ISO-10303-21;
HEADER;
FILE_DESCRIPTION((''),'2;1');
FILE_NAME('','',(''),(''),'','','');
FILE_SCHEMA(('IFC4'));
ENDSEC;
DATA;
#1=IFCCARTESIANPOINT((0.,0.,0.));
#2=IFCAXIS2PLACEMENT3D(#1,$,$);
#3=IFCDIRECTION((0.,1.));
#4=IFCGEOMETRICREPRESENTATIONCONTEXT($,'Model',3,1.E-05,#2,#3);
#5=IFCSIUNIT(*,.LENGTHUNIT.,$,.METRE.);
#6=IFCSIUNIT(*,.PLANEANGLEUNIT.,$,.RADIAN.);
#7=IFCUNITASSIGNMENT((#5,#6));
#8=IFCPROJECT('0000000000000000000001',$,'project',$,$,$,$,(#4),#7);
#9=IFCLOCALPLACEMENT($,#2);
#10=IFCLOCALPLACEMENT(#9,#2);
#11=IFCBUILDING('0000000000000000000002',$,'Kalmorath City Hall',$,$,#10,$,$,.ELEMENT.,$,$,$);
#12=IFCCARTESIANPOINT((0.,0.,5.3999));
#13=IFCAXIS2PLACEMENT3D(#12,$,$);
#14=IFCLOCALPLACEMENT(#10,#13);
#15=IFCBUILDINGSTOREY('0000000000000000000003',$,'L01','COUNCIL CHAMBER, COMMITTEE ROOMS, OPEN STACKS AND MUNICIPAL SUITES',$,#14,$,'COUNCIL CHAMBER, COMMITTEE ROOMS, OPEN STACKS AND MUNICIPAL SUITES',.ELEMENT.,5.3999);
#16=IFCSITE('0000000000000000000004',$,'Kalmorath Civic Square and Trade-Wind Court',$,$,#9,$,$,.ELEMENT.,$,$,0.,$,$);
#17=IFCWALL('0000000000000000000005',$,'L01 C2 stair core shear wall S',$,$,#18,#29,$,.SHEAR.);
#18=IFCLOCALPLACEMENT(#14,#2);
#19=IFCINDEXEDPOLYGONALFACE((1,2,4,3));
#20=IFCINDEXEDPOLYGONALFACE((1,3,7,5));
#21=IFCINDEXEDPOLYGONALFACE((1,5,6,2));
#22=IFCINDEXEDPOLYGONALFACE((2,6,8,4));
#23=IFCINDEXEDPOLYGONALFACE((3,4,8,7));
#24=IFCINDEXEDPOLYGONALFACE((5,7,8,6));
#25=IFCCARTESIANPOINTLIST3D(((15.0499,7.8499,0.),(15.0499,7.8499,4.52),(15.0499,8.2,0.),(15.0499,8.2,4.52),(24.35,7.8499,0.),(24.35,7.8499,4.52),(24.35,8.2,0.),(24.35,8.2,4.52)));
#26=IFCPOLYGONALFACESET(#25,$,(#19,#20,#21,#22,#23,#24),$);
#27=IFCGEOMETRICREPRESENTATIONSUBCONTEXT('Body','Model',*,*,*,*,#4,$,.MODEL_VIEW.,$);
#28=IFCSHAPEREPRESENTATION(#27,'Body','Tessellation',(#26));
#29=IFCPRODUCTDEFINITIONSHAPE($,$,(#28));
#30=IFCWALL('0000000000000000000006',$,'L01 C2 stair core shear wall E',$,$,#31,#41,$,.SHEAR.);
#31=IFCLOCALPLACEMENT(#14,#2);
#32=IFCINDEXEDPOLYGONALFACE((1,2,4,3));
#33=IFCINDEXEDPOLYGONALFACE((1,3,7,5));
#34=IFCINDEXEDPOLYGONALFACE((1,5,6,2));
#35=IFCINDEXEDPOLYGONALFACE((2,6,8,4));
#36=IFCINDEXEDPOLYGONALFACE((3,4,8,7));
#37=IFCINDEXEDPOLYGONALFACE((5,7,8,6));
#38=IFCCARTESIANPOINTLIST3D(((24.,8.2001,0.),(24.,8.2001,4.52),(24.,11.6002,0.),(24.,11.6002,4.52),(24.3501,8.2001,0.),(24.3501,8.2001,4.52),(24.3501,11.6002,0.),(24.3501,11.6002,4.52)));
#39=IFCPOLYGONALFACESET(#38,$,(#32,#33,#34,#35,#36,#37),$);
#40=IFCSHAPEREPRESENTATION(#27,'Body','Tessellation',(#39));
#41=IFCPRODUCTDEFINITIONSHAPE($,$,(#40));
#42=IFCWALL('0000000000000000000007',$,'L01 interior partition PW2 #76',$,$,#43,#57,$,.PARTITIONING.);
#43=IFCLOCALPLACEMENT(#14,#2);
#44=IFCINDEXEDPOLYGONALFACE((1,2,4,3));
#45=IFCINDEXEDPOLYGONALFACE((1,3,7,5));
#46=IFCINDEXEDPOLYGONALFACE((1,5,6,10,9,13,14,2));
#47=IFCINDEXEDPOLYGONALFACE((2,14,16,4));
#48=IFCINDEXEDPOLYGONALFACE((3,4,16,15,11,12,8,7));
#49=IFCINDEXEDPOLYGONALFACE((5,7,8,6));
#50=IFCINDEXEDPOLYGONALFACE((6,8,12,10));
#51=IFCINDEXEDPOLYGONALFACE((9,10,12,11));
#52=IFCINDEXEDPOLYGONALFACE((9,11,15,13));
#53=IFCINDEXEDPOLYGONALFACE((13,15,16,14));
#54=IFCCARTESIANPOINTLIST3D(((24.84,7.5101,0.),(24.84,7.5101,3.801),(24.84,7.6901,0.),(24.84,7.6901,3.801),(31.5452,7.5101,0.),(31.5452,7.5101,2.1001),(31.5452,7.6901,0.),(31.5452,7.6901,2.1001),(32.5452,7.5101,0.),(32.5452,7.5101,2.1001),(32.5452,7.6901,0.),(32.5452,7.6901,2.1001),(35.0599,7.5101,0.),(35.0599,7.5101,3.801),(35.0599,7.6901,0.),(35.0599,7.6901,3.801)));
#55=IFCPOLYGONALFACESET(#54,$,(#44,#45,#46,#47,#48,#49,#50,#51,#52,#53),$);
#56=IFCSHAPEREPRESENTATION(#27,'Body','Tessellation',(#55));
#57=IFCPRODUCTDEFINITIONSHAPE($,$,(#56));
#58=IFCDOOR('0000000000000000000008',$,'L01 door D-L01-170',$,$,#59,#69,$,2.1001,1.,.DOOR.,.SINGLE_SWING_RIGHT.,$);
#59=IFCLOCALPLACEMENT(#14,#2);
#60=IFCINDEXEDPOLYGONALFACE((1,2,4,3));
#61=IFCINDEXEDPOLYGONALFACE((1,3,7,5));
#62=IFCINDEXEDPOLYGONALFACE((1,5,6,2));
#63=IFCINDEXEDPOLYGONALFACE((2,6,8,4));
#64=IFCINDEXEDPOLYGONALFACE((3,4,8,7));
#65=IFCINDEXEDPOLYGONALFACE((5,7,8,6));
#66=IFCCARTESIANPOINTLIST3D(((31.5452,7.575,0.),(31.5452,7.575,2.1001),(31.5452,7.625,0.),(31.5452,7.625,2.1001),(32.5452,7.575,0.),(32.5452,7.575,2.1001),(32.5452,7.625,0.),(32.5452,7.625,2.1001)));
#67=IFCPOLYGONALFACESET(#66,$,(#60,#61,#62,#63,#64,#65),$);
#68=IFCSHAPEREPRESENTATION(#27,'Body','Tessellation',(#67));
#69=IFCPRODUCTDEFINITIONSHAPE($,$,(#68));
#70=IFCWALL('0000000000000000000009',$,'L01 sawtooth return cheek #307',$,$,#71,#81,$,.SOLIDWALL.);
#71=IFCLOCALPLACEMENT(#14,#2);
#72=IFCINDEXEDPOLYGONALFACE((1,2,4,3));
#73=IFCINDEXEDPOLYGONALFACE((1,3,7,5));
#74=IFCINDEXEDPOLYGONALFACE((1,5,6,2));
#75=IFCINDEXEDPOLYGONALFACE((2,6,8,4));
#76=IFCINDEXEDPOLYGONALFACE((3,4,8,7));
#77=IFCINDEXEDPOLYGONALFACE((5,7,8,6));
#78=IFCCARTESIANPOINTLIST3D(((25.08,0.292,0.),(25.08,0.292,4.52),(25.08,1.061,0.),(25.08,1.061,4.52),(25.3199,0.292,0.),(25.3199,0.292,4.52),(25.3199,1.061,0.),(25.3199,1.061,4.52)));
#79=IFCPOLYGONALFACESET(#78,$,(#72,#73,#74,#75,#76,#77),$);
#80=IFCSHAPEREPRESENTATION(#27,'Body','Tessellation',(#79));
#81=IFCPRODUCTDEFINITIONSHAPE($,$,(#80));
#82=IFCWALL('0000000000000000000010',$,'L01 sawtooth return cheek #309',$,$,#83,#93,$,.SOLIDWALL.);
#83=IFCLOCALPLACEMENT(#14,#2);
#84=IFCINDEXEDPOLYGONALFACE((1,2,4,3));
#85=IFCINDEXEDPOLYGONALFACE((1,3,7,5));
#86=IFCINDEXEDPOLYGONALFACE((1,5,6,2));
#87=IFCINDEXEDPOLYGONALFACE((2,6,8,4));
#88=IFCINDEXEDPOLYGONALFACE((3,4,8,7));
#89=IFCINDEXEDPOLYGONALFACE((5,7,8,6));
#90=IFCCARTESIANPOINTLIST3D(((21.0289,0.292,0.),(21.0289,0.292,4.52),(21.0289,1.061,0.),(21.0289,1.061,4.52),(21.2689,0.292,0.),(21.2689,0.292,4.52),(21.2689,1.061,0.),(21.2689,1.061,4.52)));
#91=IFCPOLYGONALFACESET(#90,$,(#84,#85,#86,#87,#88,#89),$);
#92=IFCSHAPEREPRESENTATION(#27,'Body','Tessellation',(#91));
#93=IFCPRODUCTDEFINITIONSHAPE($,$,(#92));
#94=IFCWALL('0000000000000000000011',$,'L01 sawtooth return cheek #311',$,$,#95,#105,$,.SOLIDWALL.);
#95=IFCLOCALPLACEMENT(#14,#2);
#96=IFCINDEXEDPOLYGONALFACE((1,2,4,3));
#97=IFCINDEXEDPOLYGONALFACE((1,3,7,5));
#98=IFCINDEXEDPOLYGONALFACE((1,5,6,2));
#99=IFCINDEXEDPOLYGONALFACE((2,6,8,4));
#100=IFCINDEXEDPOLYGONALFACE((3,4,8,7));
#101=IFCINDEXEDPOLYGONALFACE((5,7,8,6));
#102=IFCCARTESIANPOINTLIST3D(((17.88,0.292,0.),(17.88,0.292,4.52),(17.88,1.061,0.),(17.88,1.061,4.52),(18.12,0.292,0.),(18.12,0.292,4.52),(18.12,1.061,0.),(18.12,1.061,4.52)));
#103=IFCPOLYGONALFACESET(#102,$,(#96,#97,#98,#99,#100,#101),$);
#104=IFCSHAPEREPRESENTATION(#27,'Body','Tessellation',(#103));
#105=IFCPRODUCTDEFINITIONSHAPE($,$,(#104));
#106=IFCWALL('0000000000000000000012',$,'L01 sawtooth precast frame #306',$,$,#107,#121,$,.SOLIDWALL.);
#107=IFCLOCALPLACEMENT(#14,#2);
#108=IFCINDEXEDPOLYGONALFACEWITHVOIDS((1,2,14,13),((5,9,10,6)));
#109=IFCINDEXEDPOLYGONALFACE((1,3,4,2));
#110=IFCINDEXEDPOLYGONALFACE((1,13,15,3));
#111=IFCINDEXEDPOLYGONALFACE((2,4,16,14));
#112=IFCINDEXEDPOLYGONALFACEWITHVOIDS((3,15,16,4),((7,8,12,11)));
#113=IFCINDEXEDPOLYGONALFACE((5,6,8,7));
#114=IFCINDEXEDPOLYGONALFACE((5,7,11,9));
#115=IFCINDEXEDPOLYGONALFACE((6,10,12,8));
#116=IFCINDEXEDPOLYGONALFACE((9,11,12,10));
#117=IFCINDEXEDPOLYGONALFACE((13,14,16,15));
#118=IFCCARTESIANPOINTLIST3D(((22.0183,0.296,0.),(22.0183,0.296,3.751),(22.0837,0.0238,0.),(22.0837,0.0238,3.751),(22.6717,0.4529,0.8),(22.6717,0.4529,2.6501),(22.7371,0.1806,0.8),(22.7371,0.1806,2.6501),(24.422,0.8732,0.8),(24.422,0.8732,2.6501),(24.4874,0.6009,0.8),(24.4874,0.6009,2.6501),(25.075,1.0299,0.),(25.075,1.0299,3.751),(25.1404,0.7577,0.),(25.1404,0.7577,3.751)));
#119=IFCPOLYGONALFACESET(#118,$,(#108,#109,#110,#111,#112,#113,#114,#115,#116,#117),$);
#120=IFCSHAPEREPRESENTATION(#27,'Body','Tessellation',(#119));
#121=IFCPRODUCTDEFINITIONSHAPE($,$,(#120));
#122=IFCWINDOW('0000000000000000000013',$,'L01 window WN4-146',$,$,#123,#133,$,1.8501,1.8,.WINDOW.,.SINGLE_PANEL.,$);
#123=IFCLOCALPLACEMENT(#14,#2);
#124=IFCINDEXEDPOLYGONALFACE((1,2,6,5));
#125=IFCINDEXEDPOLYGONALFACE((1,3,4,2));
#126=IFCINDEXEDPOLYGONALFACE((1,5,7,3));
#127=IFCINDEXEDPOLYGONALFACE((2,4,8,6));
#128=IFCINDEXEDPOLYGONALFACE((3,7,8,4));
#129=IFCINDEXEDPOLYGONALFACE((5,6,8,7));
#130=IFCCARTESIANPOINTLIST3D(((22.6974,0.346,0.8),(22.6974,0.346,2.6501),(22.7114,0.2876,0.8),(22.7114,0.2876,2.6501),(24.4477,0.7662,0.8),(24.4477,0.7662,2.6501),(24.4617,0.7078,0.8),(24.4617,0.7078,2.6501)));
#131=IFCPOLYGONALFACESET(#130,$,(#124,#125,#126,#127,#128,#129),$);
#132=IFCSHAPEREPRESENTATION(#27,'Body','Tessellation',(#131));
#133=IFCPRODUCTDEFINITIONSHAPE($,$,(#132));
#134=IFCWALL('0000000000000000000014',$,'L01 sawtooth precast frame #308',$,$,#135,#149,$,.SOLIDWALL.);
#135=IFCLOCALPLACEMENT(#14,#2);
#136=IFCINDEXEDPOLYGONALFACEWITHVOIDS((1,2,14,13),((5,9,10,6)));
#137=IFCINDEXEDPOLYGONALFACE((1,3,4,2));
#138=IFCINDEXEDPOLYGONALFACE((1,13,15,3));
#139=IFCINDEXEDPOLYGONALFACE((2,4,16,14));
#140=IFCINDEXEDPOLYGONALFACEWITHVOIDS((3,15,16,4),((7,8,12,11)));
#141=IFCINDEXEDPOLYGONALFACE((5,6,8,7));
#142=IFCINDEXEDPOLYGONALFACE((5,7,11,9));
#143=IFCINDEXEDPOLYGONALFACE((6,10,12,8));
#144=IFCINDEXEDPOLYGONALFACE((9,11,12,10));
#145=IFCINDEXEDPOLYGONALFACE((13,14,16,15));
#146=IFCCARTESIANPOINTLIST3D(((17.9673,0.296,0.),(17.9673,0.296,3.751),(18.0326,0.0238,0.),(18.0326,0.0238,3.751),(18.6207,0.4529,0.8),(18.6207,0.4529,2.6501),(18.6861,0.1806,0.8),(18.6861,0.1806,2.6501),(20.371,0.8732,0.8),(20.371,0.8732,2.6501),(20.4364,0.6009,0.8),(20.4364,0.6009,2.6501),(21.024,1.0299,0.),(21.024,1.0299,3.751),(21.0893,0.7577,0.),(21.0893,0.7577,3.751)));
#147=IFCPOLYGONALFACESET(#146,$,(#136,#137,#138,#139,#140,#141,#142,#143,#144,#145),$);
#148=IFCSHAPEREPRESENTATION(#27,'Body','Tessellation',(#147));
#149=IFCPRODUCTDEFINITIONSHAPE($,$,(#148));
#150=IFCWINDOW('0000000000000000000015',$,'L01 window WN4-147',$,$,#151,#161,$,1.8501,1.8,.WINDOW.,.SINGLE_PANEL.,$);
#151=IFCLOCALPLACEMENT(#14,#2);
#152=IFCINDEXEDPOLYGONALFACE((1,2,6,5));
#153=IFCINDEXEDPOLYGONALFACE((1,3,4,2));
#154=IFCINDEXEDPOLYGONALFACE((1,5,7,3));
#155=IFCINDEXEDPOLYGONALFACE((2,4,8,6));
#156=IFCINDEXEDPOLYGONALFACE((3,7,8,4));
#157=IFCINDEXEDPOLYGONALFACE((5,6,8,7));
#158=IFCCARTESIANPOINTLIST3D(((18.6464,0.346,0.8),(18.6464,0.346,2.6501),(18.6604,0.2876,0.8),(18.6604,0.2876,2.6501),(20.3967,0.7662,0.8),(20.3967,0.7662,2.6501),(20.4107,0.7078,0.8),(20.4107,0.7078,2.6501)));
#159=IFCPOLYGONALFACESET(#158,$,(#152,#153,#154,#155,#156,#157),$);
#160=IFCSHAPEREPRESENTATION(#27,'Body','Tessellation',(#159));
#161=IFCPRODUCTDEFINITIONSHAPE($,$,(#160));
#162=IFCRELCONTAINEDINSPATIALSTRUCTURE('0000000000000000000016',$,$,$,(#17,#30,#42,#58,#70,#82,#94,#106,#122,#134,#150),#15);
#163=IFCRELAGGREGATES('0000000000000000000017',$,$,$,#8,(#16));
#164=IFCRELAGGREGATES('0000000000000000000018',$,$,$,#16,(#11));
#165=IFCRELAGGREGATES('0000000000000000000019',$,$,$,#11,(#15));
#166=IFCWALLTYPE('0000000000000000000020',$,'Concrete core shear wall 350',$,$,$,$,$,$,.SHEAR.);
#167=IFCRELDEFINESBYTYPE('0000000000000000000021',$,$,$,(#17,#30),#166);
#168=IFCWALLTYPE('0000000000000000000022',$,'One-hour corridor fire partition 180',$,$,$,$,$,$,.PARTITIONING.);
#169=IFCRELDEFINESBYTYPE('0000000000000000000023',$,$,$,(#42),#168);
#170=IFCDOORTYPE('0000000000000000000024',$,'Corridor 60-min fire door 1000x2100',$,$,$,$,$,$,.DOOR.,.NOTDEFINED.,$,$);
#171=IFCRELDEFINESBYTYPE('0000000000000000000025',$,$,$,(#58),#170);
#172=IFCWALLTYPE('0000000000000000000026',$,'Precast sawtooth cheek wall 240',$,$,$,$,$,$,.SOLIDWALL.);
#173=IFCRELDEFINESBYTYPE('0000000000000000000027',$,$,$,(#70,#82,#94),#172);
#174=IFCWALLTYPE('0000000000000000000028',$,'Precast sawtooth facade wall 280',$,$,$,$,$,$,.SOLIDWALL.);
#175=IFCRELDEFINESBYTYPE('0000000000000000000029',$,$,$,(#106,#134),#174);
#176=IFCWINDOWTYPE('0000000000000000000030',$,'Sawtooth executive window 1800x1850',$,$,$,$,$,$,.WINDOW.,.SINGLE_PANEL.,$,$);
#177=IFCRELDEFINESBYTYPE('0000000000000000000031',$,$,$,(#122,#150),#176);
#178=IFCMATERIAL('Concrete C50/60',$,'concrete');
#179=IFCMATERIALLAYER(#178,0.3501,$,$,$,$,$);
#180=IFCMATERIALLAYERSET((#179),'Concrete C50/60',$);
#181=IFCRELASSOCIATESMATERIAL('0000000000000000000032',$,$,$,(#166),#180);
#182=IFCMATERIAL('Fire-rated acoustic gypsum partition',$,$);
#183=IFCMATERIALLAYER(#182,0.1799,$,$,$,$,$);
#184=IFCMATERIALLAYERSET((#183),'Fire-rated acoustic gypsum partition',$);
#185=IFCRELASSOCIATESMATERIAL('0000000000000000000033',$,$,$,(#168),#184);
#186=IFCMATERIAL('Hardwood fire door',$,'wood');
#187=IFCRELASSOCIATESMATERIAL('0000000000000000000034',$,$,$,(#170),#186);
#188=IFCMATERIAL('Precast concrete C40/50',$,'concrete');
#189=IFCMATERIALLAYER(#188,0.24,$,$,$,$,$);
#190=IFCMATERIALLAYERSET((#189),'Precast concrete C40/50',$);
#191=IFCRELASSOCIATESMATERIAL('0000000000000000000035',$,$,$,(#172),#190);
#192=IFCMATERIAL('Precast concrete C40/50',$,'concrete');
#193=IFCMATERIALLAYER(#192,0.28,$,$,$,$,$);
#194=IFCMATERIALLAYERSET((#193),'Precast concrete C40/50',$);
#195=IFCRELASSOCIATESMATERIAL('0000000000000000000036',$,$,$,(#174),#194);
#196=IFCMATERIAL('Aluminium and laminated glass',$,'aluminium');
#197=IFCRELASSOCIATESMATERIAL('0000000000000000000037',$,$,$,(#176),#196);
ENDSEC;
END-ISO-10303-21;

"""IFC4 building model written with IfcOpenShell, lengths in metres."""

from ifc_helpers import new_model, si_unit, direction, frame, frame_2d, origin, place, context, subcontext, project, spatial, rectangle, extrude, material, layer, layer_set, type_object, element, fill, save


model = new_model("IFC4")

# Units and contexts
model_context = context("Model", 3, precision=1e-05, world=origin(), true_north=direction((0.0, 1.0)))
body_context = subcontext(model_context, "Body", "Model", "MODEL_VIEW")
ifc_project = project(units=[si_unit("LENGTHUNIT", "METRE"), si_unit("PLANEANGLEUNIT", "RADIAN")], contexts=[model_context])

# Site, building, storey
site_placement = place(None, origin())
site = spatial("IfcSite", under=ifc_project, at=site_placement, Name="Kalmorath Civic Square and Trade-Wind Court", CompositionType="ELEMENT", RefElevation=0.0)
building_placement = place(site_placement, origin())
building = spatial("IfcBuilding", under=site, at=building_placement, Name="Kalmorath City Hall", CompositionType="ELEMENT")
storey_placement = place(building_placement, frame((0.0, 0.0, 5.3999)))
storey = spatial("IfcBuildingStorey", under=building, at=storey_placement, Name="L01", Description="COUNCIL CHAMBER, COMMITTEE ROOMS, OPEN STACKS AND MUNICIPAL SUITES", LongName="COUNCIL CHAMBER, COMMITTEE ROOMS, OPEN STACKS AND MUNICIPAL SUITES", CompositionType="ELEMENT", Elevation=5.3999)

# Walls
ifc_material_1 = material(Name="Concrete C50/60", Category="concrete")
ifc_layer_1 = layer(ifc_material_1, 0.3501)
ifc_layer_set_1 = layer_set([ifc_layer_1], Name="Concrete C50/60")
wall_type_1 = type_object("IfcWallType", Name="Concrete core shear wall 350", PredefinedType="SHEAR", material=ifc_layer_set_1)
wall_1_placement = place(storey_placement, frame((15.05, 8.0249, 0.0), z_axis=(0.0, 0.0, 1.0), x_axis=(1.0, 0.0, 0.0)))
element("IfcWall", 1, at=wall_1_placement, inside=storey, type_object=wall_type_1, Name="L01 C2 stair core shear wall S", PredefinedType="SHEAR", context=body_context, shape_type="SweptSolid", body=[
    extrude(rectangle(XDim=9.3, YDim=0.3501, at=frame_2d((4.6499, 0.0))), origin(), (0.0, 0.0, 1.0), 4.52),
])
wall_2_placement = place(storey_placement, frame((24.175, 8.2, 0.0), z_axis=(0.0, 0.0, 1.0), x_axis=(0.0, 1.0, 0.0)))
element("IfcWall", 2, at=wall_2_placement, inside=storey, type_object=wall_type_1, Name="L01 C2 stair core shear wall E", PredefinedType="SHEAR", context=body_context, shape_type="SweptSolid", body=[
    extrude(rectangle(XDim=3.4001, YDim=0.3501, at=frame_2d((1.7002, 0.0))), origin(), (0.0, 0.0, 1.0), 4.52),
])

# Wall, opening, door
ifc_material_2 = material(Name="Fire-rated acoustic gypsum partition")
ifc_layer_2 = layer(ifc_material_2, 0.1799)
ifc_layer_set_2 = layer_set([ifc_layer_2], Name="Fire-rated acoustic gypsum partition")
wall_type_2 = type_object("IfcWallType", Name="One-hour corridor fire partition 180", PredefinedType="PARTITIONING", material=ifc_layer_set_2)
wall_3_placement = place(storey_placement, frame((24.8401, 7.6001, 0.0), z_axis=(0.0, 0.0, 1.0), x_axis=(1.0, 0.0, 0.0)))
wall_3 = element("IfcWall", 3, at=wall_3_placement, inside=storey, type_object=wall_type_2, Name="L01 interior partition PW2 #76", PredefinedType="PARTITIONING", context=body_context, shape_type="SweptSolid", body=[
    extrude(rectangle(XDim=10.22, YDim=0.1799, at=frame_2d((5.1099, 0.0))), origin(), (0.0, 0.0, 1.0), 3.801),
])
opening_1_placement = place(wall_3_placement, frame((6.7051, 0.0, 0.0)))
opening_1 = element("IfcOpeningElement", 4, at=opening_1_placement, cuts=wall_3, PredefinedType="OPENING", context=body_context, shape_type="SweptSolid", body=[
    extrude(rectangle(XDim=1.0, YDim=2.1001, at=frame_2d((0.5, 1.05))), frame((0.0, 0.0999, 0.0), z_axis=(0.0, -1.0, 0.0), x_axis=(1.0, 0.0, 0.0)), (0.0, 0.0, 1.0), 0.2),
])
ifc_material_3 = material(Name="Hardwood fire door", Category="wood")
door_type = type_object("IfcDoorType", Name="Corridor 60-min fire door 1000x2100", OperationType="NOTDEFINED", PredefinedType="DOOR", material=ifc_material_3)
door_placement = place(opening_1_placement, origin())
door = element("IfcDoor", 5, at=door_placement, inside=storey, type_object=door_type, Name="L01 door D-L01-170", OperationType="SINGLE_SWING_RIGHT", OverallHeight=2.1001, OverallWidth=1.0, PredefinedType="DOOR", context=body_context, shape_type="SweptSolid", body=[
    extrude(rectangle(XDim=1.0, YDim=2.1001, at=frame_2d((0.5, 1.05))), frame((0.0, 0.0249, 0.0), z_axis=(0.0, -1.0, 0.0), x_axis=(1.0, 0.0, 0.0)), (0.0, 0.0, 1.0), 0.05),
])
fill(opening_1, door)

# Walls
ifc_material_4 = material(Name="Precast concrete C40/50", Category="concrete")
ifc_layer_3 = layer(ifc_material_4, 0.24)
ifc_layer_set_3 = layer_set([ifc_layer_3], Name="Precast concrete C40/50")
wall_type_3 = type_object("IfcWallType", Name="Precast sawtooth cheek wall 240", PredefinedType="SOLIDWALL", material=ifc_layer_set_3)
for number, where, z_axis, x_axis, name in (
    (6, (25.2, 1.061, 0.0), (0.0, 0.0, 1.0), (0.0, -1.0, 0.0), "L01 sawtooth return cheek #307"),
    (7, (21.1489, 1.061, 0.0), (0.0, 0.0, 1.0), (0.0, -1.0, 0.0), "L01 sawtooth return cheek #309"),
    (8, (18.0, 1.061, 0.0), (0.0, 0.0, 1.0), (0.0, -1.0, 0.0), "L01 sawtooth return cheek #311"),
):
    element("IfcWall", number, at=place(storey_placement, frame(where, z_axis=z_axis, x_axis=x_axis)), inside=storey, type_object=wall_type_3, Name=name, PredefinedType="SOLIDWALL", context=body_context, shape_type="SweptSolid", body=[
        extrude(rectangle(XDim=0.769, YDim=0.24, at=frame_2d((0.3845, 0.0))), origin(), (0.0, 0.0, 1.0), 4.52),
    ])

# Walls, openings, windows
ifc_material_5 = material(Name="Precast concrete C40/50", Category="concrete")
ifc_layer_4 = layer(ifc_material_5, 0.28)
ifc_layer_set_4 = layer_set([ifc_layer_4], Name="Precast concrete C40/50")
wall_type_4 = type_object("IfcWallType", Name="Precast sawtooth facade wall 280", PredefinedType="SOLIDWALL", material=ifc_layer_set_4)
wall_4_placement = place(storey_placement, frame((25.1077, 0.8938, 0.0), z_axis=(0.0, 0.0, 1.0), x_axis=(-0.972366, -0.233461, 0.0)))
wall_4 = element("IfcWall", 9, at=wall_4_placement, inside=storey, type_object=wall_type_4, Name="L01 sawtooth precast frame #306", PredefinedType="SOLIDWALL", context=body_context, shape_type="SweptSolid", body=[
    extrude(rectangle(XDim=3.1436, YDim=0.28, at=frame_2d((1.5718, 0.0))), origin(), (0.0, 0.0, 1.0), 3.751),
])
opening_2_placement = place(wall_4_placement, frame((0.6716, 0.0, 0.8)))
opening_2 = element("IfcOpeningElement", 10, at=opening_2_placement, cuts=wall_4, PredefinedType="OPENING", context=body_context, shape_type="SweptSolid", body=[
    extrude(rectangle(XDim=1.8, YDim=1.8501, at=frame_2d((0.8999, 0.925))), frame((0.0, 0.1499, 0.0), z_axis=(0.0, -1.0, 0.0), x_axis=(1.0, 0.0, 0.0)), (0.0, 0.0, 1.0), 0.3),
])
ifc_material_6 = material(Name="Aluminium and laminated glass", Category="aluminium")
window_type = type_object("IfcWindowType", Name="Sawtooth executive window 1800x1850", PartitioningType="SINGLE_PANEL", PredefinedType="WINDOW", material=ifc_material_6)
window_1_placement = place(opening_2_placement, origin())
window_1 = element("IfcWindow", 11, at=window_1_placement, inside=storey, type_object=window_type, Name="L01 window WN4-146", OverallHeight=1.8501, OverallWidth=1.8, PartitioningType="SINGLE_PANEL", PredefinedType="WINDOW", context=body_context, shape_type="SweptSolid", body=[
    extrude(rectangle(XDim=1.8, YDim=1.8501, at=frame_2d((0.8999, 0.925))), frame((0.0, 0.03, 0.0), z_axis=(0.0, -1.0, 0.0), x_axis=(1.0, 0.0, 0.0)), (0.0, 0.0, 1.0), 0.0601),
])
fill(opening_2, window_1)
wall_5_placement = place(storey_placement, frame((21.0566, 0.8938, 0.0), z_axis=(0.0, 0.0, 1.0), x_axis=(-0.972366, -0.233461, 0.0)))
wall_5 = element("IfcWall", 12, at=wall_5_placement, inside=storey, type_object=wall_type_4, Name="L01 sawtooth precast frame #308", PredefinedType="SOLIDWALL", context=body_context, shape_type="SweptSolid", body=[
    extrude(rectangle(XDim=3.1436, YDim=0.28, at=frame_2d((1.5718, 0.0))), origin(), (0.0, 0.0, 1.0), 3.751),
])
opening_3_placement = place(wall_5_placement, frame((0.6716, 0.0, 0.8)))
opening_3 = element("IfcOpeningElement", 13, at=opening_3_placement, cuts=wall_5, PredefinedType="OPENING", context=body_context, shape_type="SweptSolid", body=[
    extrude(rectangle(XDim=1.8, YDim=1.8501, at=frame_2d((0.8999, 0.925))), frame((0.0, 0.1499, 0.0), z_axis=(0.0, -1.0, 0.0), x_axis=(1.0, 0.0, 0.0)), (0.0, 0.0, 1.0), 0.3),
])
window_2_placement = place(opening_3_placement, origin())
window_2 = element("IfcWindow", 14, at=window_2_placement, inside=storey, type_object=window_type, Name="L01 window WN4-147", OverallHeight=1.8501, OverallWidth=1.8, PartitioningType="SINGLE_PANEL", PredefinedType="WINDOW", context=body_context, shape_type="SweptSolid", body=[
    extrude(rectangle(XDim=1.8, YDim=1.8501, at=frame_2d((0.8999, 0.925))), frame((0.0, 0.03, 0.0), z_axis=(0.0, -1.0, 0.0), x_axis=(1.0, 0.0, 0.0)), (0.0, 0.0, 1.0), 0.0601),
])
fill(opening_3, window_2)

save(model, "model.ifc")
